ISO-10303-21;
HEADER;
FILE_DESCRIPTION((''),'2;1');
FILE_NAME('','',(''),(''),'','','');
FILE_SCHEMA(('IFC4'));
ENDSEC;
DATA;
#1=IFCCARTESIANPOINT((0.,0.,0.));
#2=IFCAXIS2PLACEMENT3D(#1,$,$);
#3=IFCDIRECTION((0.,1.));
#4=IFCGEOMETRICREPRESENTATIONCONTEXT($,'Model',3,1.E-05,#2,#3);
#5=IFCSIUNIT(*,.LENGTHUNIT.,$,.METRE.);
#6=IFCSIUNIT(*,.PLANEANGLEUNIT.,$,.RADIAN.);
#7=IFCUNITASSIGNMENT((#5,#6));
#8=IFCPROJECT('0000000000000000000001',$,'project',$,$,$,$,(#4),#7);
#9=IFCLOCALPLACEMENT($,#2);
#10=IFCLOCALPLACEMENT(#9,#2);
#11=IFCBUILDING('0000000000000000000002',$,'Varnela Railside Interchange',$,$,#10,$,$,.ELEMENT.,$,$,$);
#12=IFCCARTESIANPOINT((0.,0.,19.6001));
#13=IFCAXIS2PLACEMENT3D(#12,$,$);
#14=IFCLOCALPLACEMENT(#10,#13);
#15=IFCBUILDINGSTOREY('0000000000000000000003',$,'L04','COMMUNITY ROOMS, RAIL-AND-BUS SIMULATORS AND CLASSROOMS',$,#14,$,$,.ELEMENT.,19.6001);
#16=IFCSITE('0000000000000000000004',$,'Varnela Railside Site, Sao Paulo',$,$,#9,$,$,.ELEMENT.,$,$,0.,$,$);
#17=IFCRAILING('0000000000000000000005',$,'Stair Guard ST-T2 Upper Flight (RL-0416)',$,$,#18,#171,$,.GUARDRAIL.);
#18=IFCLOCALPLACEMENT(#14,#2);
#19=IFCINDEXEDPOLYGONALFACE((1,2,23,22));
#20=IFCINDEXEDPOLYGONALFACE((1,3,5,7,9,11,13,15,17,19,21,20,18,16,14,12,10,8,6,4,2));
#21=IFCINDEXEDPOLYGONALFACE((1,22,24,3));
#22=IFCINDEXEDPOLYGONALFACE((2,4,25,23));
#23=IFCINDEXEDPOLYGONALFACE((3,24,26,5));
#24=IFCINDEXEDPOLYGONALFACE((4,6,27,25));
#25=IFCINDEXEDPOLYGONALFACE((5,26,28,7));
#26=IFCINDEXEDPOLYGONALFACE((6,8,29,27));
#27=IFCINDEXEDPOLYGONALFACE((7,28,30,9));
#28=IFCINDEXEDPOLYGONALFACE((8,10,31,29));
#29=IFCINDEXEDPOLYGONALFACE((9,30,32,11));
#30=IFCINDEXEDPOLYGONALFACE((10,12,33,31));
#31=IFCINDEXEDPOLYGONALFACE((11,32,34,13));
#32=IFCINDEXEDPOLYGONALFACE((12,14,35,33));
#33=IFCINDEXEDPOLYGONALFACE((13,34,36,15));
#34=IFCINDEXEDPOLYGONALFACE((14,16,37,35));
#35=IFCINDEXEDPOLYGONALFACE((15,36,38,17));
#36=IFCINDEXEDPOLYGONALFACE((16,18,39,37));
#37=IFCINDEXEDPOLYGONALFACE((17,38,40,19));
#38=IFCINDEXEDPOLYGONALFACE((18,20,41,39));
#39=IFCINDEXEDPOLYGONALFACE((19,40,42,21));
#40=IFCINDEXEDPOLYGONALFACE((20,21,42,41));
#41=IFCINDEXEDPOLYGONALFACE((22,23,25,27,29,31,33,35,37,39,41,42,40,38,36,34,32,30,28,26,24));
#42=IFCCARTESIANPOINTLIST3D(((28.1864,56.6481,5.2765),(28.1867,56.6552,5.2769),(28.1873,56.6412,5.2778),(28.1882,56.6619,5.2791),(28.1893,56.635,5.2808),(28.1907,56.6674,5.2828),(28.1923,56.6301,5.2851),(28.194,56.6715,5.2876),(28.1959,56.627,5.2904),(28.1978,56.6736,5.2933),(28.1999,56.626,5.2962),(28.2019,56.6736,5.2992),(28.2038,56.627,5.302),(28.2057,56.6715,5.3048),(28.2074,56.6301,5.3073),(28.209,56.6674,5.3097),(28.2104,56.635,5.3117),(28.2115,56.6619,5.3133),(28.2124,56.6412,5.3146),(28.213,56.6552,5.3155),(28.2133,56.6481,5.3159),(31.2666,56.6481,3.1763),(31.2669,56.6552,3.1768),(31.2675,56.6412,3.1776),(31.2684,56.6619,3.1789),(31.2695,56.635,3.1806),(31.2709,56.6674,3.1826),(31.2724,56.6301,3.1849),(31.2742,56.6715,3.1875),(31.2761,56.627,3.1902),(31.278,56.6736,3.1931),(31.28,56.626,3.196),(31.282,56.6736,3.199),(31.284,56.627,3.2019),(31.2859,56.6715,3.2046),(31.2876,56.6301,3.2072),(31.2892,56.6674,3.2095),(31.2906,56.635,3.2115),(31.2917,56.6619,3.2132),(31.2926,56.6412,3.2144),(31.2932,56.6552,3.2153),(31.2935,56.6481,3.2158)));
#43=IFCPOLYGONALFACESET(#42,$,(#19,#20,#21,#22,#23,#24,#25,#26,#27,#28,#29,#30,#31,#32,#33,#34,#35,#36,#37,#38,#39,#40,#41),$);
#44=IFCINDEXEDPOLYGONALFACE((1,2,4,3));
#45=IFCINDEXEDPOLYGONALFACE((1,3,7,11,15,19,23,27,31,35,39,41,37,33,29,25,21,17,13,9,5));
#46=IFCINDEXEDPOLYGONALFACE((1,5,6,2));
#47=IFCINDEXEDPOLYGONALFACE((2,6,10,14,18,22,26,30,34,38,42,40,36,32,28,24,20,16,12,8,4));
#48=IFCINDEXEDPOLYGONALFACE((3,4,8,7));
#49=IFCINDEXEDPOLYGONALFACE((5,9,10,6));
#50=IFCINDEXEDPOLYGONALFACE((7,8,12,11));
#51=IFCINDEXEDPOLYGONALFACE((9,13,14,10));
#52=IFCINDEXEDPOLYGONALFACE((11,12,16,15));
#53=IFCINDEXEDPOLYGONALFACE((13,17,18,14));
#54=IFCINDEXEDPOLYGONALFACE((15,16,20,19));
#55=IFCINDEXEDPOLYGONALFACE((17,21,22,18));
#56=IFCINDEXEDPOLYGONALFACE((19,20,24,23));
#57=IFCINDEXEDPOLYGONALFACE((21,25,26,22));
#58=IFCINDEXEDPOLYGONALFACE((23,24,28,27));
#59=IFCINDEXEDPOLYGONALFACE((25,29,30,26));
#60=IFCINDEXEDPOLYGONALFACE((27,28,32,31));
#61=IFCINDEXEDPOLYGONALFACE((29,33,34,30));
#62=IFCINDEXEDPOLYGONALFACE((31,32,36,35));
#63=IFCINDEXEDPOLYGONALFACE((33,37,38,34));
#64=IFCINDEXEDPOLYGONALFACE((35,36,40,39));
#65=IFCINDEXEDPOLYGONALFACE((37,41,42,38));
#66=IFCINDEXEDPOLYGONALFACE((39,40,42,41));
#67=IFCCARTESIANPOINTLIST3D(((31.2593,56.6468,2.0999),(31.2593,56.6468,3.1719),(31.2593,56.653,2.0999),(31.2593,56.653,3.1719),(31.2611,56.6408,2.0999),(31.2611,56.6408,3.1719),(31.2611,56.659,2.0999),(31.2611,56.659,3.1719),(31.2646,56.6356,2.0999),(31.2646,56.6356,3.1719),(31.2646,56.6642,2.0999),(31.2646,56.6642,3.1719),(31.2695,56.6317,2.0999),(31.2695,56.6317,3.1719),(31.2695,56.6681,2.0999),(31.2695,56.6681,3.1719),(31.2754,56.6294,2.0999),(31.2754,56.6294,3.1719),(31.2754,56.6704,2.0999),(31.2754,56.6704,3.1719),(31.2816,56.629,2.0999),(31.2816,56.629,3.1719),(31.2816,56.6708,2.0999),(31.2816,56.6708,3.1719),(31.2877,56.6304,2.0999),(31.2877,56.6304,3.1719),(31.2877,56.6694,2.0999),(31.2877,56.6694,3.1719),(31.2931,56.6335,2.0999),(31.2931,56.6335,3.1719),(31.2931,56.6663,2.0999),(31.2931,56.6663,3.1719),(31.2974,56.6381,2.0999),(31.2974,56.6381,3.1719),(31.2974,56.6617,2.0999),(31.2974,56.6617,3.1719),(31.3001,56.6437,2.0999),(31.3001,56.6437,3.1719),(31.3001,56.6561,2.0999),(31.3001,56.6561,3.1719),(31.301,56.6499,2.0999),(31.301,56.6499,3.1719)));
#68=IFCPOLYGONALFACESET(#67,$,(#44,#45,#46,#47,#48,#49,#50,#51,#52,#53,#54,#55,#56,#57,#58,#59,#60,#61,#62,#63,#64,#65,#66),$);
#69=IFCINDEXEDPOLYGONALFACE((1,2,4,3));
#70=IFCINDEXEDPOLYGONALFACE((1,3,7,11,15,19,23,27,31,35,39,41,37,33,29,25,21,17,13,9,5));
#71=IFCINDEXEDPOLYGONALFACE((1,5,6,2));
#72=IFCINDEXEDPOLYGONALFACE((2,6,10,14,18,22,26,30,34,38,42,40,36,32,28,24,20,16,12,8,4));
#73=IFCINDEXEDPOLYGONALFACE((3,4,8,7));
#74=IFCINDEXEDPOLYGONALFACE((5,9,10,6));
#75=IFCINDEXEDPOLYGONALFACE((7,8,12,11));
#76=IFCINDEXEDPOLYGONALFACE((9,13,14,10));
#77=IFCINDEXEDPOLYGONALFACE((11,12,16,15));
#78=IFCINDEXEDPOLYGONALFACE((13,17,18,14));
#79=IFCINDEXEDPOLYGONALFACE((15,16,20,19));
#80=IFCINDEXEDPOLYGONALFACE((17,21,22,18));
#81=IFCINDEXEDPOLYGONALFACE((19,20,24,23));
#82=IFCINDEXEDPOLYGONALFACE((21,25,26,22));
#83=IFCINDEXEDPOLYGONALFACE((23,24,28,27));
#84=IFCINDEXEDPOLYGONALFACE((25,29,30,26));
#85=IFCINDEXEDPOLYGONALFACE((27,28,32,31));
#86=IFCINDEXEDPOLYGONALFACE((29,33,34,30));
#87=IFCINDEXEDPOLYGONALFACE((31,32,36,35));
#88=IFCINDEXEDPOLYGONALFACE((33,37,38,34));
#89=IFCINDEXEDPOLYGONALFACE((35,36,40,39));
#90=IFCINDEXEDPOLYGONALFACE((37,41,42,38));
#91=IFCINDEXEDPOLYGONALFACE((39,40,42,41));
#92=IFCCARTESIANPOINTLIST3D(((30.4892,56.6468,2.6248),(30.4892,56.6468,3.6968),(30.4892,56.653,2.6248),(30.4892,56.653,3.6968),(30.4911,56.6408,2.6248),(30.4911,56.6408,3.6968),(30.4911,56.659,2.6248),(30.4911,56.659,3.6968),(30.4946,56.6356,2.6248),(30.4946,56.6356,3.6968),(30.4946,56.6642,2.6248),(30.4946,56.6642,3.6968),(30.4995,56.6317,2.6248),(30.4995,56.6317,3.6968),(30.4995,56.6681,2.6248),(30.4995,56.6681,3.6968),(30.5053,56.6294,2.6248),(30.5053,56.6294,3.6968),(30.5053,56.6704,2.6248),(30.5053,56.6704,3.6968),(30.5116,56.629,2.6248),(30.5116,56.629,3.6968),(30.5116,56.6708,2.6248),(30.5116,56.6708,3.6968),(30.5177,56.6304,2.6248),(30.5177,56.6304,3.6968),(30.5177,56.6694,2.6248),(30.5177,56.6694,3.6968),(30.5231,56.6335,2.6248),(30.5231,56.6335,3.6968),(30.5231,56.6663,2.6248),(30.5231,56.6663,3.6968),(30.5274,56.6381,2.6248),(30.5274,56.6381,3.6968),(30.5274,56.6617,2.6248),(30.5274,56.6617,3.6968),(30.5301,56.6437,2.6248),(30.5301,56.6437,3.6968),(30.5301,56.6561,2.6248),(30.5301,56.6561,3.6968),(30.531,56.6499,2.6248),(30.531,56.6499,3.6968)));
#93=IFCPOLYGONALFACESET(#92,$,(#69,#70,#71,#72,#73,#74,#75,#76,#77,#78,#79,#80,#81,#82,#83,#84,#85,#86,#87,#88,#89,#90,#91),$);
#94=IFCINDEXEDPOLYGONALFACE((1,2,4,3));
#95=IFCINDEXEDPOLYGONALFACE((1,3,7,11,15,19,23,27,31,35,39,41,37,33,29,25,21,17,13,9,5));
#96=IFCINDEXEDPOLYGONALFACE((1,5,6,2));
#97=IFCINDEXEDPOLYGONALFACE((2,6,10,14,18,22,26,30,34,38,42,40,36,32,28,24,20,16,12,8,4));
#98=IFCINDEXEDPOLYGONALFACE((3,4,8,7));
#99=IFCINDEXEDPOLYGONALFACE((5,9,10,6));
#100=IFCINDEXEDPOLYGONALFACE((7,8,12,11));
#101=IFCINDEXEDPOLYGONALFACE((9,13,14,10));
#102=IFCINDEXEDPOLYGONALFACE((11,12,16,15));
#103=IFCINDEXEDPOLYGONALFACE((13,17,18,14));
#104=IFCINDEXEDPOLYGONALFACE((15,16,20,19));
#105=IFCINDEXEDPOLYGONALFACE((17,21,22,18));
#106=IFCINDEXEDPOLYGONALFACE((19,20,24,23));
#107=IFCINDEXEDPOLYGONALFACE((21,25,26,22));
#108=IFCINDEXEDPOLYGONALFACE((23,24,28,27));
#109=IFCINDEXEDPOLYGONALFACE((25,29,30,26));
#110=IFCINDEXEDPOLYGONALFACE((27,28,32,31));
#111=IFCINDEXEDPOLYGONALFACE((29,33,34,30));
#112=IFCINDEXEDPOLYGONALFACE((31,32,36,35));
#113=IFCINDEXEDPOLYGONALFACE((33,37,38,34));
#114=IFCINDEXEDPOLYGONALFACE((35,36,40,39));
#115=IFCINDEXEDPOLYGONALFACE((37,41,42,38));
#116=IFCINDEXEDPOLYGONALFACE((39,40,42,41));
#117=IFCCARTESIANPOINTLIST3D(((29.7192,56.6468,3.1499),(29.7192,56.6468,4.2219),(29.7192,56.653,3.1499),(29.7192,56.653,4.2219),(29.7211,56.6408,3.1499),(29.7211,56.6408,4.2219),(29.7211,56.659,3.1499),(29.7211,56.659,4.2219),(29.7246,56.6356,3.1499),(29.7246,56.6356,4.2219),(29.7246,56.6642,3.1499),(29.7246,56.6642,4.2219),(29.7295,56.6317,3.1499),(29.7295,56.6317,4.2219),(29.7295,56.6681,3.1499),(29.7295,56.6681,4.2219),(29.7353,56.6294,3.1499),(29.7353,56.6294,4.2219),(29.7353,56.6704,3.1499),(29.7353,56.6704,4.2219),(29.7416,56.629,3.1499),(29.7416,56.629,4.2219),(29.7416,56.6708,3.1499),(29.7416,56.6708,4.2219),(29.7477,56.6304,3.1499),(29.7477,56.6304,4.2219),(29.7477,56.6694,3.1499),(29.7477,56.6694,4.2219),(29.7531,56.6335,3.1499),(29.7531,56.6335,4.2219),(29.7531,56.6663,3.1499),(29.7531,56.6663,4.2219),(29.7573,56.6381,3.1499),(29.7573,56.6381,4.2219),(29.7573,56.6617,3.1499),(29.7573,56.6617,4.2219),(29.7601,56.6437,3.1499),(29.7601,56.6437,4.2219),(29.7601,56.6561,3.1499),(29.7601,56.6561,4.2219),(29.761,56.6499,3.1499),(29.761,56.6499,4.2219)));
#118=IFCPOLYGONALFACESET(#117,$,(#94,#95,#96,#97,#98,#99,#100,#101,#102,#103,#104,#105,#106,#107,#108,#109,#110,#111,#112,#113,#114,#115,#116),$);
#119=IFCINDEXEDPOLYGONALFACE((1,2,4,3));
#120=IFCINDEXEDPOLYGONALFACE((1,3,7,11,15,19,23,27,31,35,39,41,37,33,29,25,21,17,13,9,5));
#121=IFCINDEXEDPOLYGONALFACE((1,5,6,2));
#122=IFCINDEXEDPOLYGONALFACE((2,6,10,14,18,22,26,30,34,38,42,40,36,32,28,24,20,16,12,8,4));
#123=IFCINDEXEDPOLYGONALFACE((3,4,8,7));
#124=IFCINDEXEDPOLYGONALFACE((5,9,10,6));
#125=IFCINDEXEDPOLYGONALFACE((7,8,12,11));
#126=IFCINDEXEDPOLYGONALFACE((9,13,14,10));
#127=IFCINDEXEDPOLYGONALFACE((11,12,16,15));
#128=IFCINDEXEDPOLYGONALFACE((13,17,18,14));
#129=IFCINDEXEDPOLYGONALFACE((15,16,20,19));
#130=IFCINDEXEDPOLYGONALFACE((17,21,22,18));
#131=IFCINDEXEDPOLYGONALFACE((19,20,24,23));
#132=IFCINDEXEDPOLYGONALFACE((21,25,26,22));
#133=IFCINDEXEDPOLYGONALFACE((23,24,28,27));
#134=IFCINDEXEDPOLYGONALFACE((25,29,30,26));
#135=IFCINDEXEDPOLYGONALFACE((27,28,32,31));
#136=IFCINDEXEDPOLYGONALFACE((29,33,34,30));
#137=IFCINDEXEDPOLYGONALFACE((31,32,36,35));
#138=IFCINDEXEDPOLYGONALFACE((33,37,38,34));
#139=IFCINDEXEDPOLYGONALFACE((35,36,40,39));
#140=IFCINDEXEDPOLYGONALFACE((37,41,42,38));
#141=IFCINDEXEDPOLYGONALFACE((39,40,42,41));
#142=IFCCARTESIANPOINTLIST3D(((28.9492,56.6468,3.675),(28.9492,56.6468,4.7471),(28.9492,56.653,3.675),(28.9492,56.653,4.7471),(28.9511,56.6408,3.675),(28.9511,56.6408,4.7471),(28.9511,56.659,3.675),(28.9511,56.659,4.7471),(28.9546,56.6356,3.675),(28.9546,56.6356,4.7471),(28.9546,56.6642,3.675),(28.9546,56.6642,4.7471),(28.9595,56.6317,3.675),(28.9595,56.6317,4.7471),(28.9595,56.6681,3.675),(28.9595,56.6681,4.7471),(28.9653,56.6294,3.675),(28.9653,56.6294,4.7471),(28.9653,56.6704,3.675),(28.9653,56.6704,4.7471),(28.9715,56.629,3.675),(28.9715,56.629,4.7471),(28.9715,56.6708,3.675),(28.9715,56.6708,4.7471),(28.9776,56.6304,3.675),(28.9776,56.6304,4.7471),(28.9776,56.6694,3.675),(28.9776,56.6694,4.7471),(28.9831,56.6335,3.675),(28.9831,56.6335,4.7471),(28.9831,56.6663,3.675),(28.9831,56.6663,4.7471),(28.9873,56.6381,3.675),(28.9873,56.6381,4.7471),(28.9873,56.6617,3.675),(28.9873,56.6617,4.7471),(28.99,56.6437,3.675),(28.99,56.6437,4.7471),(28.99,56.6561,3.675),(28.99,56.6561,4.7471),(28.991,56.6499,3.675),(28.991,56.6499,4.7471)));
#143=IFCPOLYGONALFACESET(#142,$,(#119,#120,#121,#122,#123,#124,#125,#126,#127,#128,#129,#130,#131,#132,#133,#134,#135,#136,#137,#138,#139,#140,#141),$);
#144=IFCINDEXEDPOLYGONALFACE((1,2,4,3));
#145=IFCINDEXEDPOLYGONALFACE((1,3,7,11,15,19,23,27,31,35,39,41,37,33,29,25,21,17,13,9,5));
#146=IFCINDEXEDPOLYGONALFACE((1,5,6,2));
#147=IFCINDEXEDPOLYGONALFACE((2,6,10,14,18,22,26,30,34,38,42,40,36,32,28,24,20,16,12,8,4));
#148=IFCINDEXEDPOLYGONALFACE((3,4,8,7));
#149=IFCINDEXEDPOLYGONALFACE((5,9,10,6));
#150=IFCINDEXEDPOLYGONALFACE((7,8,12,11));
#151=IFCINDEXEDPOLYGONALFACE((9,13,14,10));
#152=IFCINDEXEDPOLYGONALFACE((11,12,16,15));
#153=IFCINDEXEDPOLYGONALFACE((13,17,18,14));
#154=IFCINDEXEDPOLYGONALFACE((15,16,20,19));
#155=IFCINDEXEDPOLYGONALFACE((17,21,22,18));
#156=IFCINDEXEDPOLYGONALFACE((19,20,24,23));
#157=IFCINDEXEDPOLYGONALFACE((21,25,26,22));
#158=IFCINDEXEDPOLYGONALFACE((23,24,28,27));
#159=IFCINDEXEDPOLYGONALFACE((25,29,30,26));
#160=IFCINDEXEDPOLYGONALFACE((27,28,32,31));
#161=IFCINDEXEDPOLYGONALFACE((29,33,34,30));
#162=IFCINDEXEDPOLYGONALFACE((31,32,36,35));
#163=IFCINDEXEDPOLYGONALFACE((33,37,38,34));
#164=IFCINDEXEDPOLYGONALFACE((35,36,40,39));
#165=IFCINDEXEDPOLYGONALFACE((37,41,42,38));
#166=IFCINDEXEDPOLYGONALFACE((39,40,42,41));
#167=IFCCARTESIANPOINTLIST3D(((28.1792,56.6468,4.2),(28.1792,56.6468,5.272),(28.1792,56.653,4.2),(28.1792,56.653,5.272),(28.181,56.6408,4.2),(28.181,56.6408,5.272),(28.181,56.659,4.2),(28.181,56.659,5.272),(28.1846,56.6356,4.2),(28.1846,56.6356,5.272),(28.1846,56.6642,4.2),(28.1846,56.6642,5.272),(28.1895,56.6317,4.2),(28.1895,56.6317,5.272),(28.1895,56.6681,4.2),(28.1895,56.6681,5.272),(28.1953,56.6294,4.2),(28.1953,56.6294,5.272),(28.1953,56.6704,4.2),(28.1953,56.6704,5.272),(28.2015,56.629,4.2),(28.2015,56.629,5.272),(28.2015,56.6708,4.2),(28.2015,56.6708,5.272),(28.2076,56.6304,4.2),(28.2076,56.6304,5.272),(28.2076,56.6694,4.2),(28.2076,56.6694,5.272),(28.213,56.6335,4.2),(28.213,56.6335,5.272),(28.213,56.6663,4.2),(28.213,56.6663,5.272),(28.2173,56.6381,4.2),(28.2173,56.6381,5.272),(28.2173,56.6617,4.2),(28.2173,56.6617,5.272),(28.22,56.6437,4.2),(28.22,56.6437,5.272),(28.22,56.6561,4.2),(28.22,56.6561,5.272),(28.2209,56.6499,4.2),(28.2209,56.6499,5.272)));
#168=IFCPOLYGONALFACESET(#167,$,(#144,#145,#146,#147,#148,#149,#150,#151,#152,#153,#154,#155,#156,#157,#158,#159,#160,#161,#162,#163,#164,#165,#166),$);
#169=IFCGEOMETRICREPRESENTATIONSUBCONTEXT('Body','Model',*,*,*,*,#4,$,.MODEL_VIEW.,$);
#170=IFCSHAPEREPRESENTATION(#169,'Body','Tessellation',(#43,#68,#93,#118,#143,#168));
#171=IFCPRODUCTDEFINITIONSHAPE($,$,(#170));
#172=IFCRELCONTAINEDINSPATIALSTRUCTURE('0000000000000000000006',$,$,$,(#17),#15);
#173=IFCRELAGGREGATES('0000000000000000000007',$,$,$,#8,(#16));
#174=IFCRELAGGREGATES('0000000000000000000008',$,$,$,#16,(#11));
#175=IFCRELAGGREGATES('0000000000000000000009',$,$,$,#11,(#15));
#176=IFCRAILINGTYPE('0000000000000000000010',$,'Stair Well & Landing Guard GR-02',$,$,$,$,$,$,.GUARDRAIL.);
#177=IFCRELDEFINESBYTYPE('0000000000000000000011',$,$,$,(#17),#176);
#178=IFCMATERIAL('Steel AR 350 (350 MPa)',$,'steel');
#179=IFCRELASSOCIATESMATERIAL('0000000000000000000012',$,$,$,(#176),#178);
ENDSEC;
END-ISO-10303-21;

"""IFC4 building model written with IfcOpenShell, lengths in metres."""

from ifc_helpers import new_model, si_unit, direction, frame, origin, origin_2d, place, context, subcontext, project, spatial, circle, extrude, material, type_object, element, save


model = new_model("IFC4")

# Units and contexts
model_context = context("Model", 3, precision=1e-05, world=origin(), true_north=direction((0.0, 1.0)))
body_context = subcontext(model_context, "Body", "Model", "MODEL_VIEW")
ifc_project = project(units=[si_unit("LENGTHUNIT", "METRE"), si_unit("PLANEANGLEUNIT", "RADIAN")], contexts=[model_context])

# Site, building, storey
site_placement = place(None, origin())
site = spatial("IfcSite", under=ifc_project, at=site_placement, Name="Varnela Railside Site, Sao Paulo", CompositionType="ELEMENT", RefElevation=0.0)
building_placement = place(site_placement, origin())
building = spatial("IfcBuilding", under=site, at=building_placement, Name="Varnela Railside Interchange", CompositionType="ELEMENT")
storey_placement = place(building_placement, frame((0.0, 0.0, 19.6001)))
storey = spatial("IfcBuildingStorey", under=building, at=storey_placement, Name="L04", Description="COMMUNITY ROOMS, RAIL-AND-BUS SIMULATORS AND CLASSROOMS", CompositionType="ELEMENT", Elevation=19.6001)

# Shared definitions
ifc_material_1 = material(Name="Steel AR 350 (350 MPa)", Category="steel")

# Railing
railing_type_1 = type_object("IfcRailingType", Name="Stair Well & Landing Guard GR-02", PredefinedType="GUARDRAIL", material=ifc_material_1)
railing_1_placement = place(storey_placement, frame((31.28, 56.6499, 2.0999)))
element("IfcRailing", 1, at=railing_1_placement, inside=storey, type_object=railing_type_1, Name="Stair Guard ST-T2 Upper Flight (RL-0416)", PredefinedType="GUARDRAIL", context=body_context, shape_type="SweptSolid", body=[
    extrude(circle(Radius=0.0239, at=origin_2d()), frame((0.0, 0.0, 1.0962), z_axis=(-0.826222, 0.0, 0.563345), x_axis=(0.0, -1.0, 0.0)), (0.0, 0.0, 1.0), 3.728),
    extrude(circle(Radius=0.021, at=origin_2d()), origin(), (0.0, 0.0, 1.0), 1.072),
    extrude(circle(Radius=0.021, at=origin_2d()), frame((-0.77, 0.0, 0.5249)), (0.0, 0.0, 1.0), 1.072),
    extrude(circle(Radius=0.021, at=origin_2d()), frame((-1.54, 0.0, 1.05)), (0.0, 0.0, 1.0), 1.072),
    extrude(circle(Radius=0.021, at=origin_2d()), frame((-2.3101, 0.0, 1.5752)), (0.0, 0.0, 1.0), 1.072),
    extrude(circle(Radius=0.021, at=origin_2d()), frame((-3.0801, 0.0, 2.1001)), (0.0, 0.0, 1.0), 1.072),
])

save(model, "model.ifc")
